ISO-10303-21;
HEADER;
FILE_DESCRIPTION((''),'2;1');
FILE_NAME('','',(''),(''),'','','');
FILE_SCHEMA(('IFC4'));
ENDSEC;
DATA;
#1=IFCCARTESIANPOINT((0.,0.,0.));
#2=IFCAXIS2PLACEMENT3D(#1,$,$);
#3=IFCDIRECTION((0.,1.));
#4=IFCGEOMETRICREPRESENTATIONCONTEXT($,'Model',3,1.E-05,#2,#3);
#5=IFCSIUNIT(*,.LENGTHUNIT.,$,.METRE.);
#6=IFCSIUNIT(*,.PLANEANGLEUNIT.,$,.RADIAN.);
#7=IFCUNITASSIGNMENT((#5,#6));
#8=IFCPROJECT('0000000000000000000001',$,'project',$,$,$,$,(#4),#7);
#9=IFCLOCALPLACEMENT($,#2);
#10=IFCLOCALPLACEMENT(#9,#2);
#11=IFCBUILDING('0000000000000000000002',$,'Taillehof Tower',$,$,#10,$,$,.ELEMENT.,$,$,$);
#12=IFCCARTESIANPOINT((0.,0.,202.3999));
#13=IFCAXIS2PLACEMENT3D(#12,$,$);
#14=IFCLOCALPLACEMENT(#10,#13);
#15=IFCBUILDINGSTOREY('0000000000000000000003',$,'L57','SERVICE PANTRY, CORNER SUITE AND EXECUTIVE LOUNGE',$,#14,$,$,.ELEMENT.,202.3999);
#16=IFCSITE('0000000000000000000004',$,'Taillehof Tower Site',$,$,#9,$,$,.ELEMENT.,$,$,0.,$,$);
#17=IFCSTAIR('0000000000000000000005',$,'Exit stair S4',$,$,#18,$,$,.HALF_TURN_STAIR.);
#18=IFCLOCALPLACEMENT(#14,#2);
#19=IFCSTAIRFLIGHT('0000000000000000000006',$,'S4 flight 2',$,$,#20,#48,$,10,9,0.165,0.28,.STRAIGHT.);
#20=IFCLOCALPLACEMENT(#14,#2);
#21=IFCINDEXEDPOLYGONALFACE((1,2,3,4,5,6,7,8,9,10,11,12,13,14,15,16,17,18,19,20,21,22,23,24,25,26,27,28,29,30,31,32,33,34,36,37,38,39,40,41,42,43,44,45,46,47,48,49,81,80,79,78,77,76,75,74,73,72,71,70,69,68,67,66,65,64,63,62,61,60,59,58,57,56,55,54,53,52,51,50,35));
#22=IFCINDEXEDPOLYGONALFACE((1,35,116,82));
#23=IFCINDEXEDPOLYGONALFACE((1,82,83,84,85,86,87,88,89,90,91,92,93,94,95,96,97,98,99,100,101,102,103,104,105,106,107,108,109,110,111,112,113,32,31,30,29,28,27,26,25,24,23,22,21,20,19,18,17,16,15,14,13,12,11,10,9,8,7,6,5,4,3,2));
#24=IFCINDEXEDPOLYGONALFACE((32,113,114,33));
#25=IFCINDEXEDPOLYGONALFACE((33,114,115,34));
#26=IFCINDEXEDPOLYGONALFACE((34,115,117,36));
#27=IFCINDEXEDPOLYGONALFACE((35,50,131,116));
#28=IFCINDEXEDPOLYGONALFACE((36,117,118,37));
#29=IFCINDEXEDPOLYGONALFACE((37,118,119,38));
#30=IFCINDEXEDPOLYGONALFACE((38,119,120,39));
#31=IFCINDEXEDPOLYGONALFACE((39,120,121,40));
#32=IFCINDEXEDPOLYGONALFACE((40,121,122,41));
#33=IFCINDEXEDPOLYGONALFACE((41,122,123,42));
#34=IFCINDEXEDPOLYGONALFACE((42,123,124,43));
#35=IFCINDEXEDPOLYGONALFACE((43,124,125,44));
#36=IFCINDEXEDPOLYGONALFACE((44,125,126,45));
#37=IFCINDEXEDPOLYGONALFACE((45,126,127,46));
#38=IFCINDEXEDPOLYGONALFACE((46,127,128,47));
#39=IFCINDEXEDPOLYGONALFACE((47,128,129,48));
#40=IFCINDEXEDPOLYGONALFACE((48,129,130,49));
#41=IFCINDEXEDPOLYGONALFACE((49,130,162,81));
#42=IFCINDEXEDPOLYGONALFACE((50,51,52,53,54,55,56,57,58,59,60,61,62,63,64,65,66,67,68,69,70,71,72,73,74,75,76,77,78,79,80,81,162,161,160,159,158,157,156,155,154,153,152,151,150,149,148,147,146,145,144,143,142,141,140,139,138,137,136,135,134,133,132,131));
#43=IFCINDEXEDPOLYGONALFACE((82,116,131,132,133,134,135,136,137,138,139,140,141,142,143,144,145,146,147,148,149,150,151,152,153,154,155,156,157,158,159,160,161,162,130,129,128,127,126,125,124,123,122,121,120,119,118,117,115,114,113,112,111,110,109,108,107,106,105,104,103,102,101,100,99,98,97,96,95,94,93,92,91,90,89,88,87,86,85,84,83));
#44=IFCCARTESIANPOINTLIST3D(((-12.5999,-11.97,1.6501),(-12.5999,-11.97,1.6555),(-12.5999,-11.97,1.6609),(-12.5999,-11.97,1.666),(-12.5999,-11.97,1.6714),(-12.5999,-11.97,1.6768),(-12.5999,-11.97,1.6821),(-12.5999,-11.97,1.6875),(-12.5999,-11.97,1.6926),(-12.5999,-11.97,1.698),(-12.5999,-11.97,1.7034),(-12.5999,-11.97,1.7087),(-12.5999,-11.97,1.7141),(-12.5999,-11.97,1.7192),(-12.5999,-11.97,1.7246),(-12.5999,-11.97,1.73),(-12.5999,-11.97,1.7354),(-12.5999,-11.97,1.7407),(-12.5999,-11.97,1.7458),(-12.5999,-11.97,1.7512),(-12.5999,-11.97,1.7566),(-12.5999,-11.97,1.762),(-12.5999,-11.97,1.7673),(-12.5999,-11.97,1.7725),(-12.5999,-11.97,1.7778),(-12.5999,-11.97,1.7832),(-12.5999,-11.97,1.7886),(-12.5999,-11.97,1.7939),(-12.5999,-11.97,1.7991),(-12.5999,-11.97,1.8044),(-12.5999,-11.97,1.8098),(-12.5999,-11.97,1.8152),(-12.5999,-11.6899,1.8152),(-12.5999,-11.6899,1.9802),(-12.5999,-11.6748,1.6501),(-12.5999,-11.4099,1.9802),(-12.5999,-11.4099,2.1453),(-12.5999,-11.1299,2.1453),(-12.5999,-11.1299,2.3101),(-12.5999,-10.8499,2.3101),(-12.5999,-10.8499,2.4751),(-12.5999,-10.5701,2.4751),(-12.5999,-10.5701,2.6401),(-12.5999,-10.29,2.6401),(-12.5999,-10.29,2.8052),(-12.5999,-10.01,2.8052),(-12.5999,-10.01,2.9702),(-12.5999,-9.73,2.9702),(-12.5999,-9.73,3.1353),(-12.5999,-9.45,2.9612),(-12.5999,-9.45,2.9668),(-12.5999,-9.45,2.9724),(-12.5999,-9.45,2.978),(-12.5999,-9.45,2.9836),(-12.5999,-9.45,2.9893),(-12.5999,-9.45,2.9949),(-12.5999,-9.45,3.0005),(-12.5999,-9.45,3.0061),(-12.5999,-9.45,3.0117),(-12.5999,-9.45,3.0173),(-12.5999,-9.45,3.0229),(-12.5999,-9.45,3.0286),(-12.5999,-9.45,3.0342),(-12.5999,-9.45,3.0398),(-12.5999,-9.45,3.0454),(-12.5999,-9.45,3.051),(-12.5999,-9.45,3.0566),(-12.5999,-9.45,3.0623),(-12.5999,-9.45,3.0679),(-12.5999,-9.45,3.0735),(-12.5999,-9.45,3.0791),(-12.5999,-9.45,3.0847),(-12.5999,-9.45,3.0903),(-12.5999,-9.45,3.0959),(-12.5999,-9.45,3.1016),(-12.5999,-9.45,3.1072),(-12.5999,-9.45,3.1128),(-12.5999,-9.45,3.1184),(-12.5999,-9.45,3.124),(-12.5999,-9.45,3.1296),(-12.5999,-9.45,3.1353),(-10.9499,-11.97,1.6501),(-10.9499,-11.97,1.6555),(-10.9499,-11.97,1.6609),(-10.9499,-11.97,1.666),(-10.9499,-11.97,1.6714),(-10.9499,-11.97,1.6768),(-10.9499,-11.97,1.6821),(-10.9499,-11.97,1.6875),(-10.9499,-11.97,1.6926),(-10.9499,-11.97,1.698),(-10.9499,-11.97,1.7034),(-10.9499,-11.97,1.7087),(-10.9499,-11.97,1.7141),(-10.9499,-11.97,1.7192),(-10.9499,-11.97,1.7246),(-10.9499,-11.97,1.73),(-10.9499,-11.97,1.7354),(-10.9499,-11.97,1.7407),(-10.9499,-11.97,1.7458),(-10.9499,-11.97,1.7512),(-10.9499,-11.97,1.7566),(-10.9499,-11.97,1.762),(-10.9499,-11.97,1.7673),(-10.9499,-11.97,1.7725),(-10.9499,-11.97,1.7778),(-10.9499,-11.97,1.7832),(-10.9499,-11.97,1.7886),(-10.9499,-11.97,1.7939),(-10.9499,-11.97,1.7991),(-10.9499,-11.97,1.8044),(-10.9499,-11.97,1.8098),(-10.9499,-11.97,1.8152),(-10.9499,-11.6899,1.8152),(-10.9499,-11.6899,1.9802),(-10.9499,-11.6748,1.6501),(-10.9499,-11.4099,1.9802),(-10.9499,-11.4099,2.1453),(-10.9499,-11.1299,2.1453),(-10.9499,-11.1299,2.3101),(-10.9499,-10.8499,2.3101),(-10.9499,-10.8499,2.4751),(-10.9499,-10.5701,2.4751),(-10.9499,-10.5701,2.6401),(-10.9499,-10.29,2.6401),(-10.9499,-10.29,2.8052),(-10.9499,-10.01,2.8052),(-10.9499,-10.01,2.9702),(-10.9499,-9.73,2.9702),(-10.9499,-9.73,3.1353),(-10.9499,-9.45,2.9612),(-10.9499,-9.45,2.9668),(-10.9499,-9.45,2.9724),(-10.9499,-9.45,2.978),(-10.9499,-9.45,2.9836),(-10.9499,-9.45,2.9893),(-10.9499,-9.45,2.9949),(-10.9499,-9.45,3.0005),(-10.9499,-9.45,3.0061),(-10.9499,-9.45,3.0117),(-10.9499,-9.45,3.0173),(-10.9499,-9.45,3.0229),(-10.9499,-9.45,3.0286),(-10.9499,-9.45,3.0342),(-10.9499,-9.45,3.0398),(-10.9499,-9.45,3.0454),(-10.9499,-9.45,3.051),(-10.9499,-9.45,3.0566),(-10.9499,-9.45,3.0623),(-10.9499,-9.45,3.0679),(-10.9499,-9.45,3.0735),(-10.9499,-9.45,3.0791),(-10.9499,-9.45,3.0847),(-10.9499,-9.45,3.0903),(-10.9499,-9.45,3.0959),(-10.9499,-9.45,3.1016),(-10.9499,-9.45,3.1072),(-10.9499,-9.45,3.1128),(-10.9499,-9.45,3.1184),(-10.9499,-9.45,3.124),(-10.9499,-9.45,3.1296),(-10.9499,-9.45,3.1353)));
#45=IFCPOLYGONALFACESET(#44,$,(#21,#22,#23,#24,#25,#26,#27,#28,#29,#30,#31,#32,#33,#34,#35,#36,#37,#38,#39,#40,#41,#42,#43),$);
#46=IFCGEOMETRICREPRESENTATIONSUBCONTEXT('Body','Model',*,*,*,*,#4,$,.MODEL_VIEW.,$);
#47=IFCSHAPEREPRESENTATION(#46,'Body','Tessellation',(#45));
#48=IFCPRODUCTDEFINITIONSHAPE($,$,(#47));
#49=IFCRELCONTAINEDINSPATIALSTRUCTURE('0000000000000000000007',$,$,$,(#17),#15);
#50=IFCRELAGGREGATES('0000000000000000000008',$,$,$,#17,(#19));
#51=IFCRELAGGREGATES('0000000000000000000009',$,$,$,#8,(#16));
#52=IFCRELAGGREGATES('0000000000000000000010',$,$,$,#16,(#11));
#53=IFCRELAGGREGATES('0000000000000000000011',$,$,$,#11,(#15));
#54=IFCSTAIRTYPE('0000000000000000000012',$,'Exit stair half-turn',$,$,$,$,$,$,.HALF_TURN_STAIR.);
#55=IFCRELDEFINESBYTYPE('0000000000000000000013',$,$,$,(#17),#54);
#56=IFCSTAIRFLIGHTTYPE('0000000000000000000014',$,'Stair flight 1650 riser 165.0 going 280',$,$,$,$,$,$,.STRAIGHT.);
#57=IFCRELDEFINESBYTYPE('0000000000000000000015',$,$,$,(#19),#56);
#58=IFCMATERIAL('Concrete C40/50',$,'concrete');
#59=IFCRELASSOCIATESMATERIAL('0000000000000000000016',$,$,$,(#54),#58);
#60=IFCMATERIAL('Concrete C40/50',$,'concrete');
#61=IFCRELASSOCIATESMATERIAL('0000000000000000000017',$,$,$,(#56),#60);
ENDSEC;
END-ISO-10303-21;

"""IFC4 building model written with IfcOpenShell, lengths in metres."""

from ifc_helpers import new_model, si_unit, direction, frame, origin, place, context, subcontext, project, spatial, polyline, outline, extrude, material, type_object, element, aggregate, save


model = new_model("IFC4")

# Units and contexts
model_context = context("Model", 3, precision=1e-05, world=origin(), true_north=direction((0.0, 1.0)))
body_context = subcontext(model_context, "Body", "Model", "MODEL_VIEW")
ifc_project = project(units=[si_unit("LENGTHUNIT", "METRE"), si_unit("PLANEANGLEUNIT", "RADIAN")], contexts=[model_context])

# Site, building, storey
site_placement = place(None, origin())
site = spatial("IfcSite", under=ifc_project, at=site_placement, Name="Taillehof Tower Site", CompositionType="ELEMENT", RefElevation=0.0)
building_placement = place(site_placement, origin())
building = spatial("IfcBuilding", under=site, at=building_placement, Name="Taillehof Tower", CompositionType="ELEMENT")
storey_placement = place(building_placement, frame((0.0, 0.0, 202.3999)))
storey = spatial("IfcBuildingStorey", under=building, at=storey_placement, Name="L57", Description="SERVICE PANTRY, CORNER SUITE AND EXECUTIVE LOUNGE", CompositionType="ELEMENT", Elevation=202.3999)

# Stair, stair flight
ifc_material_1 = material(Name="Concrete C40/50", Category="concrete")
stair_type = type_object("IfcStairType", Name="Exit stair half-turn", PredefinedType="HALF_TURN_STAIR", material=ifc_material_1)
stair_placement = place(storey_placement, origin())
stair = element("IfcStair", 1, at=stair_placement, inside=storey, type_object=stair_type, Name="Exit stair S4", PredefinedType="HALF_TURN_STAIR")
ifc_material_2 = material(Name="Concrete C40/50", Category="concrete")
stair_flight_type = type_object("IfcStairFlightType", Name="Stair flight 1650 riser 165.0 going 280", PredefinedType="STRAIGHT", material=ifc_material_2)
stair_flight_placement = place(storey_placement, frame((-11.7749, -11.97, 1.6501), z_axis=(0.0, 0.0, 1.0), x_axis=(0.0, 1.0, 0.0)))
stair_flight = element("IfcStairFlight", 2, at=stair_flight_placement, type_object=stair_flight_type, Name="S4 flight 2", NumberOfRisers=10, NumberOfTreads=9, PredefinedType="STRAIGHT", RiserHeight=0.165, TreadLength=0.28, context=body_context, shape_type="SweptSolid", body=[
    extrude(outline(polyline([(0.0, 0.0), (0.0, 0.0054), (0.0, 0.0107), (0.0, 0.0159), (0.0, 0.0212), (0.0, 0.0266), (0.0, 0.032), (0.0, 0.0374), (0.0, 0.0425), (0.0, 0.0479), (0.0, 0.0532), (0.0, 0.0586), (0.0, 0.064), (0.0, 0.0691), (0.0, 0.0745), (0.0, 0.0798), (0.0, 0.0852), (0.0, 0.0906), (0.0, 0.0957), (0.0, 0.1011), (0.0, 0.1064), (0.0, 0.1118), (0.0, 0.1172), (0.0, 0.1223), (0.0, 0.1277), (0.0, 0.1331), (0.0, 0.1384), (0.0, 0.1438), (0.0, 0.1489), (0.0, 0.1543), (0.0, 0.1597), (0.0, 0.165), (0.28, 0.165), (0.28, 0.3301), (0.5601, 0.3301), (0.5601, 0.4951), (0.8401, 0.4951), (0.8401, 0.6599), (1.1201, 0.6599), (1.1201, 0.825), (1.3999, 0.825), (1.3999, 0.99), (1.6799, 0.99), (1.6799, 1.155), (1.96, 1.155), (1.96, 1.3201), (2.24, 1.3201), (2.24, 1.4851), (2.52, 1.4851), (2.52, 1.4795), (2.52, 1.4739), (2.52, 1.4683), (2.52, 1.4626), (2.52, 1.457), (2.52, 1.4514), (2.52, 1.4458), (2.52, 1.4402), (2.52, 1.4346), (2.52, 1.429), (2.52, 1.4233), (2.52, 1.4177), (2.52, 1.4121), (2.52, 1.4065), (2.52, 1.4009), (2.52, 1.3953), (2.52, 1.3896), (2.52, 1.384), (2.52, 1.3784), (2.52, 1.3728), (2.52, 1.3672), (2.52, 1.3616), (2.52, 1.356), (2.52, 1.3503), (2.52, 1.3447), (2.52, 1.3391), (2.52, 1.3335), (2.52, 1.3279), (2.52, 1.3223), (2.52, 1.3167), (2.52, 1.311), (0.2952, 0.0), (0.0, 0.0)])), frame((0.0, 0.825, 0.0), z_axis=(0.0, -1.0, 0.0), x_axis=(1.0, 0.0, 0.0)), (0.0, 0.0, 1.0), 1.65),
])
aggregate(stair, [stair_flight])

save(model, "model.ifc")
